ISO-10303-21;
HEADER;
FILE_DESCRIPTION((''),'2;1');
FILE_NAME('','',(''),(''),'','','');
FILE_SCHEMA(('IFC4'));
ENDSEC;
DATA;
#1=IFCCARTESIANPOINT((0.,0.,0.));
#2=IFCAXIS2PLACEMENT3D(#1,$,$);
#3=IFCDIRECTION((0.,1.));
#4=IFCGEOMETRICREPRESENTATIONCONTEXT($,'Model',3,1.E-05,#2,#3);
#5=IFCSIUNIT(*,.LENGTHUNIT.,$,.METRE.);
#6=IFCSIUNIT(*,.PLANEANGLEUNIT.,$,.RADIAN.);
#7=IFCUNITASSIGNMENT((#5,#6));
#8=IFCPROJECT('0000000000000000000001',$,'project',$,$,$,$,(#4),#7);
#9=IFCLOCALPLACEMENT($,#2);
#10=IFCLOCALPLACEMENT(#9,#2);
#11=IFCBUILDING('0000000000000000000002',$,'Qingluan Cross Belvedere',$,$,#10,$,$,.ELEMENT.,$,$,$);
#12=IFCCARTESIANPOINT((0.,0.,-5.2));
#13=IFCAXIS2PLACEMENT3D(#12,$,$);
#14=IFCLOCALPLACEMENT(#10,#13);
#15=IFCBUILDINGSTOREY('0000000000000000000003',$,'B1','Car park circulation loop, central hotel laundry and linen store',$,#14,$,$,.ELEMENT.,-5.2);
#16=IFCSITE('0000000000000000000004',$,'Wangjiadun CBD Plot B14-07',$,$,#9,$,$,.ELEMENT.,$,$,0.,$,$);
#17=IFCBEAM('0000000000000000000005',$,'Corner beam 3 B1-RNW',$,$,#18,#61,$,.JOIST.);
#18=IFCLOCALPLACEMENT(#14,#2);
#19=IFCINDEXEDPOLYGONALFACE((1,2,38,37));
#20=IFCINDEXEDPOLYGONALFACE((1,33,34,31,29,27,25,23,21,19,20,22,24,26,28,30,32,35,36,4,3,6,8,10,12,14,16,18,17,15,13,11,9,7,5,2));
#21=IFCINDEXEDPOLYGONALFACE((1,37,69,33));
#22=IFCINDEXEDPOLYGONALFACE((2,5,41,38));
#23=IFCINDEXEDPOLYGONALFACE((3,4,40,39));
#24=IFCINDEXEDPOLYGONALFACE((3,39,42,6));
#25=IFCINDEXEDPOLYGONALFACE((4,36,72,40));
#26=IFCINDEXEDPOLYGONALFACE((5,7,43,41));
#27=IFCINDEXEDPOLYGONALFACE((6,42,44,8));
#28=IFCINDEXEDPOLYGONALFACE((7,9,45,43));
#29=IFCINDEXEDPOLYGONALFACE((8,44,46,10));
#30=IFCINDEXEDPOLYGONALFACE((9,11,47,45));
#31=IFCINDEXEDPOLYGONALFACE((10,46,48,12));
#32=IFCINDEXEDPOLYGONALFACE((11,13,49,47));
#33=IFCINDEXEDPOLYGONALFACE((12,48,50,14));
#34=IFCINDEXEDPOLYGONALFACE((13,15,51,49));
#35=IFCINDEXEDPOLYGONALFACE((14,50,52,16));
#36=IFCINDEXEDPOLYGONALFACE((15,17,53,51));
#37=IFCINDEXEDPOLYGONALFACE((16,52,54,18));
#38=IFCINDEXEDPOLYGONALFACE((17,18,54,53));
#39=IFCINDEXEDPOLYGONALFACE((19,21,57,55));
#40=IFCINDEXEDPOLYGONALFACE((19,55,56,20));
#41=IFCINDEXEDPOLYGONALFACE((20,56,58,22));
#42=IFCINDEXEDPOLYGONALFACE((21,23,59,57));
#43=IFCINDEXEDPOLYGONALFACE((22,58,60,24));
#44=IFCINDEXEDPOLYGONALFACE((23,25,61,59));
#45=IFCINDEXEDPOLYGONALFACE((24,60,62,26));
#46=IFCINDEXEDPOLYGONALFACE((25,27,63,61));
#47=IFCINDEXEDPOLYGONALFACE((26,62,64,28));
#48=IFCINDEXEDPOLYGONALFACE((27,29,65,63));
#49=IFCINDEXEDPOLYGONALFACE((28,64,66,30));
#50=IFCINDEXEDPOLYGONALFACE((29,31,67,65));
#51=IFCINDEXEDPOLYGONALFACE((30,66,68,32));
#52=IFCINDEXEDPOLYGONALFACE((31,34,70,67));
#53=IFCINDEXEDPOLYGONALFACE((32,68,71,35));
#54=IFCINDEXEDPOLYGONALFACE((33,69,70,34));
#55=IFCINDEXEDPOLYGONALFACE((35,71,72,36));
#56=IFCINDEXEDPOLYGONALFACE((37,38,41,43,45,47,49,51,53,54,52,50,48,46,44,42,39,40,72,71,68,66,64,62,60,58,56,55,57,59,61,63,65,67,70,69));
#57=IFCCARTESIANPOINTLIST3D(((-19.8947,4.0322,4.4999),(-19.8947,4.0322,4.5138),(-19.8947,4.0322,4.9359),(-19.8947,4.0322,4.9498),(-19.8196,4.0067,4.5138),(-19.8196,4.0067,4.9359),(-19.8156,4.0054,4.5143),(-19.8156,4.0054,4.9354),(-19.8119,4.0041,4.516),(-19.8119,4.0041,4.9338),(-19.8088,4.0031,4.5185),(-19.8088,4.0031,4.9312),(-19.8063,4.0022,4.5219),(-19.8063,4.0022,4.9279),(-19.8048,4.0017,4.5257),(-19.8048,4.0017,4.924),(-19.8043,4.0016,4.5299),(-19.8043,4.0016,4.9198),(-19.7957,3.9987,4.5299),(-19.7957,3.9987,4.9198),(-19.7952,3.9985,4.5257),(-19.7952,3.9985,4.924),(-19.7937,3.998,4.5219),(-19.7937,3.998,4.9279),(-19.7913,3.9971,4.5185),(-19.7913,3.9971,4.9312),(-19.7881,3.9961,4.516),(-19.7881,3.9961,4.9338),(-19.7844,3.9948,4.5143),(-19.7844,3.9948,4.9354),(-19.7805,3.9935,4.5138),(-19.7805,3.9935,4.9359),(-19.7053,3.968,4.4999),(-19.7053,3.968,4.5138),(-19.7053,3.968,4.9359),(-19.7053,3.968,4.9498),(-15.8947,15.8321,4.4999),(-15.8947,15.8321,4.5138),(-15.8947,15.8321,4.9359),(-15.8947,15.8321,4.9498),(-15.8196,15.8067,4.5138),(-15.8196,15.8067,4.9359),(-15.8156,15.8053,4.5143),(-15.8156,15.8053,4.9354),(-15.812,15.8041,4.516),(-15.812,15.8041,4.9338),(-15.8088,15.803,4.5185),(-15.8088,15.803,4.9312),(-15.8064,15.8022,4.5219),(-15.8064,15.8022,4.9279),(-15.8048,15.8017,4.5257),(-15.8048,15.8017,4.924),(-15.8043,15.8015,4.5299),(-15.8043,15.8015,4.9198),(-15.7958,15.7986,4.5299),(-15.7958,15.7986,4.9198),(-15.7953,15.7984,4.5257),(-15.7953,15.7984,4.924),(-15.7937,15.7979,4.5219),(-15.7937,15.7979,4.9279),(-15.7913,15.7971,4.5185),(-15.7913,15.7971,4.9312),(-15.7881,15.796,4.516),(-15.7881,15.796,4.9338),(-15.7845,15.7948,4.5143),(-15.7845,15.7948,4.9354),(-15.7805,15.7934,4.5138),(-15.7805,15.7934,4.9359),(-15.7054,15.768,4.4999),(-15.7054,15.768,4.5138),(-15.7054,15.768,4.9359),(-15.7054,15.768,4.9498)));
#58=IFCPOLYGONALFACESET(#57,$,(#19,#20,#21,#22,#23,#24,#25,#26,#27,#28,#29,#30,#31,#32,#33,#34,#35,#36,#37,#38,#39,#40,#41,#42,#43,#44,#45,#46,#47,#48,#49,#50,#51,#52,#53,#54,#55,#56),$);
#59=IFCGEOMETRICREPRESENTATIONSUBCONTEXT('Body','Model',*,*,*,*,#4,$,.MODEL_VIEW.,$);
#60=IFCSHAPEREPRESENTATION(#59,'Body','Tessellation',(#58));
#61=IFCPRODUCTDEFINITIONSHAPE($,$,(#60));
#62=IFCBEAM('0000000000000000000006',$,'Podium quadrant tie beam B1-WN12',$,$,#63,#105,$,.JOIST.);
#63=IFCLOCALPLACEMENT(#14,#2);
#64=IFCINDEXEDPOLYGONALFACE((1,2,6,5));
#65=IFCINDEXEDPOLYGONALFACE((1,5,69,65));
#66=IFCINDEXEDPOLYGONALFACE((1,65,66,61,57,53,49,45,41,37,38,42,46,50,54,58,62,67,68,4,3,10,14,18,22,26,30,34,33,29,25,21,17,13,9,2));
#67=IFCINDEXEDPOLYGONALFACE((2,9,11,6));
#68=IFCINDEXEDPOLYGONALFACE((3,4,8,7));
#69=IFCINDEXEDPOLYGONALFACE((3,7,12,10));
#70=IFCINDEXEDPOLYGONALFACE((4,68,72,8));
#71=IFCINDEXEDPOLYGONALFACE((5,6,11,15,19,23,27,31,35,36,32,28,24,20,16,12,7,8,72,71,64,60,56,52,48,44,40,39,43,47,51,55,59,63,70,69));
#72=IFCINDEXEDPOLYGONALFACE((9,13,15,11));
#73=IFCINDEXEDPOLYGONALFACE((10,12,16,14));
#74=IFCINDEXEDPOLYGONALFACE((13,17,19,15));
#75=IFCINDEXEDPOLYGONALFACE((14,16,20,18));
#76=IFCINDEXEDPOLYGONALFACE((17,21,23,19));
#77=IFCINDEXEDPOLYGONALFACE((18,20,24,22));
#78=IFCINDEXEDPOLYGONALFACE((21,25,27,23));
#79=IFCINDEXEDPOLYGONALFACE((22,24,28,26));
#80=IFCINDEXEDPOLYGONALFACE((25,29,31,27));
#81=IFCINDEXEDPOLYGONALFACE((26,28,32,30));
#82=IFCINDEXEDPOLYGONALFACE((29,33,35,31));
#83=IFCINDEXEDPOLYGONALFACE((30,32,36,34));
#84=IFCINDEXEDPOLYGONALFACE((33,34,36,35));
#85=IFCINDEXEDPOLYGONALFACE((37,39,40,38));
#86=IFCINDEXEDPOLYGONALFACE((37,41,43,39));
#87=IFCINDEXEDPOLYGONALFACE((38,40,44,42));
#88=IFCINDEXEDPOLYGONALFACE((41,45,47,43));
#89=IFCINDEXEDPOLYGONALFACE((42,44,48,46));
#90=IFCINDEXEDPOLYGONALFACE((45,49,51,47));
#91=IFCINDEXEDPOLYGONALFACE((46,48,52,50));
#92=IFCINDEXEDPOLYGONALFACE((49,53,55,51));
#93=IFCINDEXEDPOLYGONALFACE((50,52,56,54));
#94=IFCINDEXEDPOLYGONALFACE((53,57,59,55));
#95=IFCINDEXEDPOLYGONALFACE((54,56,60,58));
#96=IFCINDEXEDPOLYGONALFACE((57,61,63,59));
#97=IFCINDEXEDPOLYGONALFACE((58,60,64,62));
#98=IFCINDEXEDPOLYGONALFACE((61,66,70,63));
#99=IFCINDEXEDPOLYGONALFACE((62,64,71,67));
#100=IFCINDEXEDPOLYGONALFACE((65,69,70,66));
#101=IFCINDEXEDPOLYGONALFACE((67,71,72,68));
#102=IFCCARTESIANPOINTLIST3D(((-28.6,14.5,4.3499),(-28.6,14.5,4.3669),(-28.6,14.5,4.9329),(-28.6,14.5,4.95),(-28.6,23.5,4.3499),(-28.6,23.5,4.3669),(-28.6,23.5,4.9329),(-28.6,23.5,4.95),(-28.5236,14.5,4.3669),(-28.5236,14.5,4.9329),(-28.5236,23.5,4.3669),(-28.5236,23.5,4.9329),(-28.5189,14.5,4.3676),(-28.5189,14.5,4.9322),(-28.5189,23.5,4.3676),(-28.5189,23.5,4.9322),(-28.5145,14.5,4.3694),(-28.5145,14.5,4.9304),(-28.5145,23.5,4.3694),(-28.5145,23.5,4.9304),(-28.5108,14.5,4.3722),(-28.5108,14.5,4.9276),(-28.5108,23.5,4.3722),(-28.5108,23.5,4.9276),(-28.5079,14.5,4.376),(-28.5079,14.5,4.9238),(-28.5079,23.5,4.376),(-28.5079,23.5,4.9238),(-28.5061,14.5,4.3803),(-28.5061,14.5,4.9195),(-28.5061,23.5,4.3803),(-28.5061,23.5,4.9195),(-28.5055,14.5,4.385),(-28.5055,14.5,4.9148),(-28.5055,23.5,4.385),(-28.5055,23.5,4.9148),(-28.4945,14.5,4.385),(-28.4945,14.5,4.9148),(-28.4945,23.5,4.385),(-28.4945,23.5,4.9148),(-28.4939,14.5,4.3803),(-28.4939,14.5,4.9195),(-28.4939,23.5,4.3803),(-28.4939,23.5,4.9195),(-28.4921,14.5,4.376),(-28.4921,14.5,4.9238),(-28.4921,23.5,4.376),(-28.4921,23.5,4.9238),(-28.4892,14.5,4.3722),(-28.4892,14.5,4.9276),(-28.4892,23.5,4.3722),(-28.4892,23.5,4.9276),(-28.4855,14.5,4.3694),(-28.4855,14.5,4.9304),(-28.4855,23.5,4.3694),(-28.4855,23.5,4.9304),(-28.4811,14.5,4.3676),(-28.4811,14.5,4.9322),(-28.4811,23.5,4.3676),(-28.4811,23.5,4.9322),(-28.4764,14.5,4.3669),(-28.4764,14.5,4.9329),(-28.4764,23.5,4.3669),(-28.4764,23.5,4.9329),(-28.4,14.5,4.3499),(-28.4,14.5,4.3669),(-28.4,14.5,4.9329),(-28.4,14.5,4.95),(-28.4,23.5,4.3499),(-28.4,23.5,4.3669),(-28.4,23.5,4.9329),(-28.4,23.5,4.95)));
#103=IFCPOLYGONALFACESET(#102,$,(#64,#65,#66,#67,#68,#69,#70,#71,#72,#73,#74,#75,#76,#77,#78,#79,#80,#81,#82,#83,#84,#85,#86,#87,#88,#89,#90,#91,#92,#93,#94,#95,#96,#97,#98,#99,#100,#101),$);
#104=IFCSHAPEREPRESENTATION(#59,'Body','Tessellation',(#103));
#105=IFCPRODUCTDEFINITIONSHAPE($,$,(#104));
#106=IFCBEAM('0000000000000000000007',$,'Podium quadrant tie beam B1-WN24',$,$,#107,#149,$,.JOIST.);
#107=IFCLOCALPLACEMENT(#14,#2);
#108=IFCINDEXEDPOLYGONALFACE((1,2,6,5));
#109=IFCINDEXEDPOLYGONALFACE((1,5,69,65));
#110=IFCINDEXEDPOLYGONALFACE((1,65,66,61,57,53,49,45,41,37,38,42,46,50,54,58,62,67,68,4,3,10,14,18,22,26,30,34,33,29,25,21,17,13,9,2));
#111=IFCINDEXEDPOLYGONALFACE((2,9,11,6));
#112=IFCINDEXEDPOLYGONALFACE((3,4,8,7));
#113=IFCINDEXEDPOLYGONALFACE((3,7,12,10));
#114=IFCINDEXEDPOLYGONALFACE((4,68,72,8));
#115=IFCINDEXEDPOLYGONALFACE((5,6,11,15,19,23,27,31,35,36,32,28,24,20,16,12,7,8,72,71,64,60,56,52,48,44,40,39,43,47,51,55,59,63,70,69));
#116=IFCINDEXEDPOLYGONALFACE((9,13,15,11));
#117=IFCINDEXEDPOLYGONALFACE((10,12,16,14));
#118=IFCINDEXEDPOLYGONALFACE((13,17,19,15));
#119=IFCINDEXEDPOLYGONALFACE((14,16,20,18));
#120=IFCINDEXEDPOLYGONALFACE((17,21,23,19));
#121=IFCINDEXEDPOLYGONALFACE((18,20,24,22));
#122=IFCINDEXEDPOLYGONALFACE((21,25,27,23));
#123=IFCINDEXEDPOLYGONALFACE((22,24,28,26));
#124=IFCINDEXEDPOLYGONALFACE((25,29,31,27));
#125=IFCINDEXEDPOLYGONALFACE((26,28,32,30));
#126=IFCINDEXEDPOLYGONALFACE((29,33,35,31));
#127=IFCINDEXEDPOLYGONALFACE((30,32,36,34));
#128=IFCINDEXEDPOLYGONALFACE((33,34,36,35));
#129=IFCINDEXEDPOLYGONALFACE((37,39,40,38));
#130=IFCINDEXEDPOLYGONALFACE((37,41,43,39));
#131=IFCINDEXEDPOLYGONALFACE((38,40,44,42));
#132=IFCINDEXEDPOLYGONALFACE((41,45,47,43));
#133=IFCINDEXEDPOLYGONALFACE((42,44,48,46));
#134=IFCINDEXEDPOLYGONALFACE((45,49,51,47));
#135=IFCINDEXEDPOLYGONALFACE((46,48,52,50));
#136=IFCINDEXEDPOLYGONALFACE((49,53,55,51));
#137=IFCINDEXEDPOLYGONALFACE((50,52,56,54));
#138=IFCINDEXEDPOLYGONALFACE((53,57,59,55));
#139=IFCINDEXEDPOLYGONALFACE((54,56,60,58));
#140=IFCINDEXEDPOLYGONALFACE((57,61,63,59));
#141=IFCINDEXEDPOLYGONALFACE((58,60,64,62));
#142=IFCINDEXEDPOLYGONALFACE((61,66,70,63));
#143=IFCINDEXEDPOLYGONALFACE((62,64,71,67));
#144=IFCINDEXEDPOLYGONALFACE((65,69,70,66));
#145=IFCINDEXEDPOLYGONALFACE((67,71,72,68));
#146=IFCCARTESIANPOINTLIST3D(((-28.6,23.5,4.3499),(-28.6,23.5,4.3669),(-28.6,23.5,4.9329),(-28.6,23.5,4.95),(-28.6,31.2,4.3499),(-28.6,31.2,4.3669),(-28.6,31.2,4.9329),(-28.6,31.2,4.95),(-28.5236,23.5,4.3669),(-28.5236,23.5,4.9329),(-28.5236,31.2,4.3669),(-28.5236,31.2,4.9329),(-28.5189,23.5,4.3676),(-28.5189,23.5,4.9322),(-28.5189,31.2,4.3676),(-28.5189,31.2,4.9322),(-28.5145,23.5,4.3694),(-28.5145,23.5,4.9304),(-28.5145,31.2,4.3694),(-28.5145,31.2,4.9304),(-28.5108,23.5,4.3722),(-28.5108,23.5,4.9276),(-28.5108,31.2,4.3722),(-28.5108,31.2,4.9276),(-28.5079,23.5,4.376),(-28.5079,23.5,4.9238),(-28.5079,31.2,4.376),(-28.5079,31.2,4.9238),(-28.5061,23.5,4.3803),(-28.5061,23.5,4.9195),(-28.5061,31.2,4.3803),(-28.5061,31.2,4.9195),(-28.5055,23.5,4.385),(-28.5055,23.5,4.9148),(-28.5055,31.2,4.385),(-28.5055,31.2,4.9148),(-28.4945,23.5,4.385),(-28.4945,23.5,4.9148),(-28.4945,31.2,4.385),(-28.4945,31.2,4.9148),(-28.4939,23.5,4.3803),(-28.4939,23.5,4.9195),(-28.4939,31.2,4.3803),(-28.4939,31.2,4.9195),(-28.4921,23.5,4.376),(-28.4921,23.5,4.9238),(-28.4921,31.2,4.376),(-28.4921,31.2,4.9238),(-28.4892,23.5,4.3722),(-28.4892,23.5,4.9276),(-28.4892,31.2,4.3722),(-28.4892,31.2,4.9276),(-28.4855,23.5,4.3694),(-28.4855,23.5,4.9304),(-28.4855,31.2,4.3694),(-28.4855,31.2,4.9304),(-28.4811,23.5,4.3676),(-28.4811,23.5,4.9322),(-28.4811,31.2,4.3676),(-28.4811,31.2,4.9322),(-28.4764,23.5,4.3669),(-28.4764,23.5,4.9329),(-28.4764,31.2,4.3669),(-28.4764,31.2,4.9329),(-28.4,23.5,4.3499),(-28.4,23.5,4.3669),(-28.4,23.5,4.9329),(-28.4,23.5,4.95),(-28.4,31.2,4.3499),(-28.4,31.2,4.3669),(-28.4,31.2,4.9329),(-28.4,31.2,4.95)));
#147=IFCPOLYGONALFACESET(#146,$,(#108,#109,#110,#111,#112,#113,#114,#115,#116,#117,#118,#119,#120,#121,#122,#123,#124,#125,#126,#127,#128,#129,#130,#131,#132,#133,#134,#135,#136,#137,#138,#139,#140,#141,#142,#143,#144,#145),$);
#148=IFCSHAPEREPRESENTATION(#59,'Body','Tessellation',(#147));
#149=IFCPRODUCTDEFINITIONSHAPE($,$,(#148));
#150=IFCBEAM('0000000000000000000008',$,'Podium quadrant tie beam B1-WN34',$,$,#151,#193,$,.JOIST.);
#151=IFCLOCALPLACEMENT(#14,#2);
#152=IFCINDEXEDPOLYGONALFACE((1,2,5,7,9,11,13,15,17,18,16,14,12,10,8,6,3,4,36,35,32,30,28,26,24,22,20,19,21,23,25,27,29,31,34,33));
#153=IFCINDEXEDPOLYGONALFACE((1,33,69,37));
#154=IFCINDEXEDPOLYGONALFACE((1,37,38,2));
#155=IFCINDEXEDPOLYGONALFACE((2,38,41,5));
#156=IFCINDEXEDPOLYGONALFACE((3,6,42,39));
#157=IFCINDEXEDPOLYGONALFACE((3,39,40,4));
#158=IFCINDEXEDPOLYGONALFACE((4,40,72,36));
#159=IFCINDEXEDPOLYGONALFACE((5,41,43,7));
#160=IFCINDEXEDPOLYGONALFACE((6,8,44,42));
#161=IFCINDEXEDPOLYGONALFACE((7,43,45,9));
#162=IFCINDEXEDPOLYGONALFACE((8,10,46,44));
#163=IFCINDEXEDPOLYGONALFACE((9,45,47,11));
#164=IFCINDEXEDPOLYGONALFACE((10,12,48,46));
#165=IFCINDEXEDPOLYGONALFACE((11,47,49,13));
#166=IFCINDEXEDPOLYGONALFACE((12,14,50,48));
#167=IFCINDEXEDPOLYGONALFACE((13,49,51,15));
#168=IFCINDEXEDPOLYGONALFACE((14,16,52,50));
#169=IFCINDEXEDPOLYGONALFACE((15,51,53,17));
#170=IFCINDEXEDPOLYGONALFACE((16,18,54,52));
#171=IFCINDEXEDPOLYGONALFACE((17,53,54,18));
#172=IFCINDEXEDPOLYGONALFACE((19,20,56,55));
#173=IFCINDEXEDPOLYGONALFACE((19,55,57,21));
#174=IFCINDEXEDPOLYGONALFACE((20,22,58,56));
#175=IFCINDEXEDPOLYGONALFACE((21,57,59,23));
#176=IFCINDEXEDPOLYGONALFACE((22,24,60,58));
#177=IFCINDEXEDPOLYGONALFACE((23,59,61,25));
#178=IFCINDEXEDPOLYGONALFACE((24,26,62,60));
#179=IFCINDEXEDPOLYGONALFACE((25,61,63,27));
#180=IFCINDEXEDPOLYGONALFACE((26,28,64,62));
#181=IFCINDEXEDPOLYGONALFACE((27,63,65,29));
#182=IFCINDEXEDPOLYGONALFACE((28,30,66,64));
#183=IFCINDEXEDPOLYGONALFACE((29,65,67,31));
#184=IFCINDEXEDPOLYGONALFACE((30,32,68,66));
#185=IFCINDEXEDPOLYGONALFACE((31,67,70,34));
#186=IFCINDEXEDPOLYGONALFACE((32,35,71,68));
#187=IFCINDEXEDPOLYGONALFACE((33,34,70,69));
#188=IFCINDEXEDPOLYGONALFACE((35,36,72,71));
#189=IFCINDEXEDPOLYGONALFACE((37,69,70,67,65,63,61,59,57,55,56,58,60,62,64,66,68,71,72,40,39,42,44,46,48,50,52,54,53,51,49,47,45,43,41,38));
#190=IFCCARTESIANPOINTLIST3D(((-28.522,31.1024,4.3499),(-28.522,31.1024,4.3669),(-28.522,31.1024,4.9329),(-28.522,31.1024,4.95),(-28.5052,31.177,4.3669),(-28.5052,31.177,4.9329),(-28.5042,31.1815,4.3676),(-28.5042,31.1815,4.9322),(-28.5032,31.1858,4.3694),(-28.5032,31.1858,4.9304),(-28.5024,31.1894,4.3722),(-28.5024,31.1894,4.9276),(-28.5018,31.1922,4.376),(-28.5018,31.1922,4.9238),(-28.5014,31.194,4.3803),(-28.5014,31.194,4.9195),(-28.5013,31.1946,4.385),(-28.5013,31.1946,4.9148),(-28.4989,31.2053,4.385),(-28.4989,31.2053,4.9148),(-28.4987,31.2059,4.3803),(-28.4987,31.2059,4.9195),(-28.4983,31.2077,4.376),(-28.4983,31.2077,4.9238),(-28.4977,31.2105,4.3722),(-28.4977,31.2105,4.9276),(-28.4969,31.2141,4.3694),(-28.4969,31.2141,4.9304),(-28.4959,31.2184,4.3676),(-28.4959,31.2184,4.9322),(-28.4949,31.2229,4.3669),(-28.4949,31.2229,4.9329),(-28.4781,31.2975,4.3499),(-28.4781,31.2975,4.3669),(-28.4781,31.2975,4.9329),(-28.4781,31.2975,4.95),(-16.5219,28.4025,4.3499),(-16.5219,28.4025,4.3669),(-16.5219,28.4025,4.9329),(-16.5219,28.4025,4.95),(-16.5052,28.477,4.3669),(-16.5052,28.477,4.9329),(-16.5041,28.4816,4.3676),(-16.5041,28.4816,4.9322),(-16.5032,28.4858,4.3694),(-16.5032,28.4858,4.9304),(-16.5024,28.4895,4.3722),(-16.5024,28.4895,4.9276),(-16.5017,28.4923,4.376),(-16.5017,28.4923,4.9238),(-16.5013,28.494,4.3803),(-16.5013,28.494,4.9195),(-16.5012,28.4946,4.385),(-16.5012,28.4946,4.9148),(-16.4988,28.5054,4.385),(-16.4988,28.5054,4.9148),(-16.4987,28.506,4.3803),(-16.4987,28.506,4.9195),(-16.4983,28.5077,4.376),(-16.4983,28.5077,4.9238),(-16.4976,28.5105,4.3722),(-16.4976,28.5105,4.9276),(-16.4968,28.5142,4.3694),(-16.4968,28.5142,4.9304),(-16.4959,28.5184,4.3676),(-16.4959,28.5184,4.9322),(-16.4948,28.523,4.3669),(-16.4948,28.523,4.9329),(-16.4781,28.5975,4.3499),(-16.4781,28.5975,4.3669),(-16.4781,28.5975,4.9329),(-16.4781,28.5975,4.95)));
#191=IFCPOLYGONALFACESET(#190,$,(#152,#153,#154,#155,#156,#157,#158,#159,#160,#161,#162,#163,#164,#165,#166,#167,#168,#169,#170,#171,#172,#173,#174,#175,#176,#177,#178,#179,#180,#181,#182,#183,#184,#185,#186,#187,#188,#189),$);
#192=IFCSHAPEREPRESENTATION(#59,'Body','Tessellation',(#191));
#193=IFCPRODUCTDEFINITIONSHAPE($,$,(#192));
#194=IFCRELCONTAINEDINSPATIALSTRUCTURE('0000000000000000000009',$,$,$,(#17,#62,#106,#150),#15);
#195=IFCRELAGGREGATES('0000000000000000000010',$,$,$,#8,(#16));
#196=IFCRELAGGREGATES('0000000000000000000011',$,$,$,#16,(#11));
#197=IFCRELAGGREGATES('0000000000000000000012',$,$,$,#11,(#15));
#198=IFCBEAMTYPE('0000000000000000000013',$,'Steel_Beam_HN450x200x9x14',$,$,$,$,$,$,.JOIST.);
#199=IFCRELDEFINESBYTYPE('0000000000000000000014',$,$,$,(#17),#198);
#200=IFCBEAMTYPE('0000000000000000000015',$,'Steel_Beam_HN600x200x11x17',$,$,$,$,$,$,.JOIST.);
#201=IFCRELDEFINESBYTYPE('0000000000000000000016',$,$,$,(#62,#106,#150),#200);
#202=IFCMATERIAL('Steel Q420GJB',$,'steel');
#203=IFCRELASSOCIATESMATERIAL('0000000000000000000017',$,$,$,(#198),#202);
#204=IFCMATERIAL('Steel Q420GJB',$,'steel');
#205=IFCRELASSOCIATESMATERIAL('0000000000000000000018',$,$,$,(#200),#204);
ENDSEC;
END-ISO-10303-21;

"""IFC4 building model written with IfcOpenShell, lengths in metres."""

from ifc_helpers import new_model, si_unit, direction, frame, origin, origin_2d, place, context, subcontext, project, spatial, i_section, extrude, material, material_profile, profile_set, type_object, element, save


model = new_model("IFC4")

# Units and contexts
model_context = context("Model", 3, precision=1e-05, world=origin(), true_north=direction((0.0, 1.0)))
body_context = subcontext(model_context, "Body", "Model", "MODEL_VIEW")
ifc_project = project(units=[si_unit("LENGTHUNIT", "METRE"), si_unit("PLANEANGLEUNIT", "RADIAN")], contexts=[model_context])

# Site, building, storey
site_placement = place(None, origin())
site = spatial("IfcSite", under=ifc_project, at=site_placement, Name="Wangjiadun CBD Plot B14-07", CompositionType="ELEMENT", RefElevation=0.0)
building_placement = place(site_placement, origin())
building = spatial("IfcBuilding", under=site, at=building_placement, Name="Qingluan Cross Belvedere", CompositionType="ELEMENT")
storey_placement = place(building_placement, frame((0.0, 0.0, -5.2)))
storey = spatial("IfcBuildingStorey", under=building, at=storey_placement, Name="B1", Description="Car park circulation loop, central hotel laundry and linen store", CompositionType="ELEMENT", Elevation=-5.2)

# Beams
ifc_material_1 = material(Name="Steel Q420GJB", Category="steel")
ifc_material_profile_1 = material_profile(ifc_material_1, i_section(OverallWidth=0.2, OverallDepth=0.45, WebThickness=0.009, FlangeThickness=0.0139, FilletRadius=0.0161, at=origin_2d()), Name="HN450x200x9x14")
ifc_profile_set_1 = profile_set([ifc_material_profile_1], Name="Steel Q420GJB")
beam_type_1 = type_object("IfcBeamType", Name="Steel_Beam_HN450x200x9x14", PredefinedType="JOIST", material=ifc_profile_set_1)
for number, where, z_axis, x_axis, name in (
    (1, (-15.8, 15.8, 4.7249), (-0.321038, -0.947066, 0.0), (0.947066, -0.321038, 0.0), "Corner beam 3 B1-RNW"),
):
    element("IfcBeam", number, at=place(storey_placement, frame(where, z_axis=z_axis, x_axis=x_axis)), inside=storey, type_object=beam_type_1, Name=name, PredefinedType="JOIST", context=body_context, shape_type="SweptSolid", body=[
        extrude(i_section(OverallWidth=0.2, OverallDepth=0.45, WebThickness=0.009, FlangeThickness=0.0139, FilletRadius=0.0161, at=origin_2d()), origin(), (0.0, 0.0, 1.0), 12.4595),
    ])
ifc_material_2 = material(Name="Steel Q420GJB", Category="steel")
ifc_material_profile_2 = material_profile(ifc_material_2, i_section(OverallWidth=0.2, OverallDepth=0.6001, WebThickness=0.011, FlangeThickness=0.0171, FilletRadius=0.0181, at=origin_2d()), Name="HN600x200x11x17")
ifc_profile_set_2 = profile_set([ifc_material_profile_2], Name="Steel Q420GJB")
beam_type_2 = type_object("IfcBeamType", Name="Steel_Beam_HN600x200x11x17", PredefinedType="JOIST", material=ifc_profile_set_2)
beam_1_placement = place(storey_placement, frame((-28.5, 14.5, 4.6499), z_axis=(0.0, 1.0, 0.0), x_axis=(-1.0, 0.0, 0.0)))
element("IfcBeam", 2, at=beam_1_placement, inside=storey, type_object=beam_type_2, Name="Podium quadrant tie beam B1-WN12", PredefinedType="JOIST", context=body_context, shape_type="SweptSolid", body=[
    extrude(i_section(OverallWidth=0.2, OverallDepth=0.6001, WebThickness=0.011, FlangeThickness=0.0171, FilletRadius=0.0181, at=origin_2d()), origin(), (0.0, 0.0, 1.0), 9.0),
])
beam_2_placement = place(storey_placement, frame((-28.5, 23.5, 4.6499), z_axis=(0.0, 1.0, 0.0), x_axis=(-1.0, 0.0, 0.0)))
element("IfcBeam", 3, at=beam_2_placement, inside=storey, type_object=beam_type_2, Name="Podium quadrant tie beam B1-WN24", PredefinedType="JOIST", context=body_context, shape_type="SweptSolid", body=[
    extrude(i_section(OverallWidth=0.2, OverallDepth=0.6001, WebThickness=0.011, FlangeThickness=0.0171, FilletRadius=0.0181, at=origin_2d()), origin(), (0.0, 0.0, 1.0), 7.7),
])
beam_3_placement = place(storey_placement, frame((-16.5, 28.5, 4.6499), z_axis=(-0.975611, 0.219508, 0.0), x_axis=(-0.219508, -0.975611, 0.0)))
element("IfcBeam", 4, at=beam_3_placement, inside=storey, type_object=beam_type_2, Name="Podium quadrant tie beam B1-WN34", PredefinedType="JOIST", context=body_context, shape_type="SweptSolid", body=[
    extrude(i_section(OverallWidth=0.2, OverallDepth=0.6001, WebThickness=0.011, FlangeThickness=0.0171, FilletRadius=0.0181, at=origin_2d()), origin(), (0.0, 0.0, 1.0), 12.3),
])

save(model, "model.ifc")
